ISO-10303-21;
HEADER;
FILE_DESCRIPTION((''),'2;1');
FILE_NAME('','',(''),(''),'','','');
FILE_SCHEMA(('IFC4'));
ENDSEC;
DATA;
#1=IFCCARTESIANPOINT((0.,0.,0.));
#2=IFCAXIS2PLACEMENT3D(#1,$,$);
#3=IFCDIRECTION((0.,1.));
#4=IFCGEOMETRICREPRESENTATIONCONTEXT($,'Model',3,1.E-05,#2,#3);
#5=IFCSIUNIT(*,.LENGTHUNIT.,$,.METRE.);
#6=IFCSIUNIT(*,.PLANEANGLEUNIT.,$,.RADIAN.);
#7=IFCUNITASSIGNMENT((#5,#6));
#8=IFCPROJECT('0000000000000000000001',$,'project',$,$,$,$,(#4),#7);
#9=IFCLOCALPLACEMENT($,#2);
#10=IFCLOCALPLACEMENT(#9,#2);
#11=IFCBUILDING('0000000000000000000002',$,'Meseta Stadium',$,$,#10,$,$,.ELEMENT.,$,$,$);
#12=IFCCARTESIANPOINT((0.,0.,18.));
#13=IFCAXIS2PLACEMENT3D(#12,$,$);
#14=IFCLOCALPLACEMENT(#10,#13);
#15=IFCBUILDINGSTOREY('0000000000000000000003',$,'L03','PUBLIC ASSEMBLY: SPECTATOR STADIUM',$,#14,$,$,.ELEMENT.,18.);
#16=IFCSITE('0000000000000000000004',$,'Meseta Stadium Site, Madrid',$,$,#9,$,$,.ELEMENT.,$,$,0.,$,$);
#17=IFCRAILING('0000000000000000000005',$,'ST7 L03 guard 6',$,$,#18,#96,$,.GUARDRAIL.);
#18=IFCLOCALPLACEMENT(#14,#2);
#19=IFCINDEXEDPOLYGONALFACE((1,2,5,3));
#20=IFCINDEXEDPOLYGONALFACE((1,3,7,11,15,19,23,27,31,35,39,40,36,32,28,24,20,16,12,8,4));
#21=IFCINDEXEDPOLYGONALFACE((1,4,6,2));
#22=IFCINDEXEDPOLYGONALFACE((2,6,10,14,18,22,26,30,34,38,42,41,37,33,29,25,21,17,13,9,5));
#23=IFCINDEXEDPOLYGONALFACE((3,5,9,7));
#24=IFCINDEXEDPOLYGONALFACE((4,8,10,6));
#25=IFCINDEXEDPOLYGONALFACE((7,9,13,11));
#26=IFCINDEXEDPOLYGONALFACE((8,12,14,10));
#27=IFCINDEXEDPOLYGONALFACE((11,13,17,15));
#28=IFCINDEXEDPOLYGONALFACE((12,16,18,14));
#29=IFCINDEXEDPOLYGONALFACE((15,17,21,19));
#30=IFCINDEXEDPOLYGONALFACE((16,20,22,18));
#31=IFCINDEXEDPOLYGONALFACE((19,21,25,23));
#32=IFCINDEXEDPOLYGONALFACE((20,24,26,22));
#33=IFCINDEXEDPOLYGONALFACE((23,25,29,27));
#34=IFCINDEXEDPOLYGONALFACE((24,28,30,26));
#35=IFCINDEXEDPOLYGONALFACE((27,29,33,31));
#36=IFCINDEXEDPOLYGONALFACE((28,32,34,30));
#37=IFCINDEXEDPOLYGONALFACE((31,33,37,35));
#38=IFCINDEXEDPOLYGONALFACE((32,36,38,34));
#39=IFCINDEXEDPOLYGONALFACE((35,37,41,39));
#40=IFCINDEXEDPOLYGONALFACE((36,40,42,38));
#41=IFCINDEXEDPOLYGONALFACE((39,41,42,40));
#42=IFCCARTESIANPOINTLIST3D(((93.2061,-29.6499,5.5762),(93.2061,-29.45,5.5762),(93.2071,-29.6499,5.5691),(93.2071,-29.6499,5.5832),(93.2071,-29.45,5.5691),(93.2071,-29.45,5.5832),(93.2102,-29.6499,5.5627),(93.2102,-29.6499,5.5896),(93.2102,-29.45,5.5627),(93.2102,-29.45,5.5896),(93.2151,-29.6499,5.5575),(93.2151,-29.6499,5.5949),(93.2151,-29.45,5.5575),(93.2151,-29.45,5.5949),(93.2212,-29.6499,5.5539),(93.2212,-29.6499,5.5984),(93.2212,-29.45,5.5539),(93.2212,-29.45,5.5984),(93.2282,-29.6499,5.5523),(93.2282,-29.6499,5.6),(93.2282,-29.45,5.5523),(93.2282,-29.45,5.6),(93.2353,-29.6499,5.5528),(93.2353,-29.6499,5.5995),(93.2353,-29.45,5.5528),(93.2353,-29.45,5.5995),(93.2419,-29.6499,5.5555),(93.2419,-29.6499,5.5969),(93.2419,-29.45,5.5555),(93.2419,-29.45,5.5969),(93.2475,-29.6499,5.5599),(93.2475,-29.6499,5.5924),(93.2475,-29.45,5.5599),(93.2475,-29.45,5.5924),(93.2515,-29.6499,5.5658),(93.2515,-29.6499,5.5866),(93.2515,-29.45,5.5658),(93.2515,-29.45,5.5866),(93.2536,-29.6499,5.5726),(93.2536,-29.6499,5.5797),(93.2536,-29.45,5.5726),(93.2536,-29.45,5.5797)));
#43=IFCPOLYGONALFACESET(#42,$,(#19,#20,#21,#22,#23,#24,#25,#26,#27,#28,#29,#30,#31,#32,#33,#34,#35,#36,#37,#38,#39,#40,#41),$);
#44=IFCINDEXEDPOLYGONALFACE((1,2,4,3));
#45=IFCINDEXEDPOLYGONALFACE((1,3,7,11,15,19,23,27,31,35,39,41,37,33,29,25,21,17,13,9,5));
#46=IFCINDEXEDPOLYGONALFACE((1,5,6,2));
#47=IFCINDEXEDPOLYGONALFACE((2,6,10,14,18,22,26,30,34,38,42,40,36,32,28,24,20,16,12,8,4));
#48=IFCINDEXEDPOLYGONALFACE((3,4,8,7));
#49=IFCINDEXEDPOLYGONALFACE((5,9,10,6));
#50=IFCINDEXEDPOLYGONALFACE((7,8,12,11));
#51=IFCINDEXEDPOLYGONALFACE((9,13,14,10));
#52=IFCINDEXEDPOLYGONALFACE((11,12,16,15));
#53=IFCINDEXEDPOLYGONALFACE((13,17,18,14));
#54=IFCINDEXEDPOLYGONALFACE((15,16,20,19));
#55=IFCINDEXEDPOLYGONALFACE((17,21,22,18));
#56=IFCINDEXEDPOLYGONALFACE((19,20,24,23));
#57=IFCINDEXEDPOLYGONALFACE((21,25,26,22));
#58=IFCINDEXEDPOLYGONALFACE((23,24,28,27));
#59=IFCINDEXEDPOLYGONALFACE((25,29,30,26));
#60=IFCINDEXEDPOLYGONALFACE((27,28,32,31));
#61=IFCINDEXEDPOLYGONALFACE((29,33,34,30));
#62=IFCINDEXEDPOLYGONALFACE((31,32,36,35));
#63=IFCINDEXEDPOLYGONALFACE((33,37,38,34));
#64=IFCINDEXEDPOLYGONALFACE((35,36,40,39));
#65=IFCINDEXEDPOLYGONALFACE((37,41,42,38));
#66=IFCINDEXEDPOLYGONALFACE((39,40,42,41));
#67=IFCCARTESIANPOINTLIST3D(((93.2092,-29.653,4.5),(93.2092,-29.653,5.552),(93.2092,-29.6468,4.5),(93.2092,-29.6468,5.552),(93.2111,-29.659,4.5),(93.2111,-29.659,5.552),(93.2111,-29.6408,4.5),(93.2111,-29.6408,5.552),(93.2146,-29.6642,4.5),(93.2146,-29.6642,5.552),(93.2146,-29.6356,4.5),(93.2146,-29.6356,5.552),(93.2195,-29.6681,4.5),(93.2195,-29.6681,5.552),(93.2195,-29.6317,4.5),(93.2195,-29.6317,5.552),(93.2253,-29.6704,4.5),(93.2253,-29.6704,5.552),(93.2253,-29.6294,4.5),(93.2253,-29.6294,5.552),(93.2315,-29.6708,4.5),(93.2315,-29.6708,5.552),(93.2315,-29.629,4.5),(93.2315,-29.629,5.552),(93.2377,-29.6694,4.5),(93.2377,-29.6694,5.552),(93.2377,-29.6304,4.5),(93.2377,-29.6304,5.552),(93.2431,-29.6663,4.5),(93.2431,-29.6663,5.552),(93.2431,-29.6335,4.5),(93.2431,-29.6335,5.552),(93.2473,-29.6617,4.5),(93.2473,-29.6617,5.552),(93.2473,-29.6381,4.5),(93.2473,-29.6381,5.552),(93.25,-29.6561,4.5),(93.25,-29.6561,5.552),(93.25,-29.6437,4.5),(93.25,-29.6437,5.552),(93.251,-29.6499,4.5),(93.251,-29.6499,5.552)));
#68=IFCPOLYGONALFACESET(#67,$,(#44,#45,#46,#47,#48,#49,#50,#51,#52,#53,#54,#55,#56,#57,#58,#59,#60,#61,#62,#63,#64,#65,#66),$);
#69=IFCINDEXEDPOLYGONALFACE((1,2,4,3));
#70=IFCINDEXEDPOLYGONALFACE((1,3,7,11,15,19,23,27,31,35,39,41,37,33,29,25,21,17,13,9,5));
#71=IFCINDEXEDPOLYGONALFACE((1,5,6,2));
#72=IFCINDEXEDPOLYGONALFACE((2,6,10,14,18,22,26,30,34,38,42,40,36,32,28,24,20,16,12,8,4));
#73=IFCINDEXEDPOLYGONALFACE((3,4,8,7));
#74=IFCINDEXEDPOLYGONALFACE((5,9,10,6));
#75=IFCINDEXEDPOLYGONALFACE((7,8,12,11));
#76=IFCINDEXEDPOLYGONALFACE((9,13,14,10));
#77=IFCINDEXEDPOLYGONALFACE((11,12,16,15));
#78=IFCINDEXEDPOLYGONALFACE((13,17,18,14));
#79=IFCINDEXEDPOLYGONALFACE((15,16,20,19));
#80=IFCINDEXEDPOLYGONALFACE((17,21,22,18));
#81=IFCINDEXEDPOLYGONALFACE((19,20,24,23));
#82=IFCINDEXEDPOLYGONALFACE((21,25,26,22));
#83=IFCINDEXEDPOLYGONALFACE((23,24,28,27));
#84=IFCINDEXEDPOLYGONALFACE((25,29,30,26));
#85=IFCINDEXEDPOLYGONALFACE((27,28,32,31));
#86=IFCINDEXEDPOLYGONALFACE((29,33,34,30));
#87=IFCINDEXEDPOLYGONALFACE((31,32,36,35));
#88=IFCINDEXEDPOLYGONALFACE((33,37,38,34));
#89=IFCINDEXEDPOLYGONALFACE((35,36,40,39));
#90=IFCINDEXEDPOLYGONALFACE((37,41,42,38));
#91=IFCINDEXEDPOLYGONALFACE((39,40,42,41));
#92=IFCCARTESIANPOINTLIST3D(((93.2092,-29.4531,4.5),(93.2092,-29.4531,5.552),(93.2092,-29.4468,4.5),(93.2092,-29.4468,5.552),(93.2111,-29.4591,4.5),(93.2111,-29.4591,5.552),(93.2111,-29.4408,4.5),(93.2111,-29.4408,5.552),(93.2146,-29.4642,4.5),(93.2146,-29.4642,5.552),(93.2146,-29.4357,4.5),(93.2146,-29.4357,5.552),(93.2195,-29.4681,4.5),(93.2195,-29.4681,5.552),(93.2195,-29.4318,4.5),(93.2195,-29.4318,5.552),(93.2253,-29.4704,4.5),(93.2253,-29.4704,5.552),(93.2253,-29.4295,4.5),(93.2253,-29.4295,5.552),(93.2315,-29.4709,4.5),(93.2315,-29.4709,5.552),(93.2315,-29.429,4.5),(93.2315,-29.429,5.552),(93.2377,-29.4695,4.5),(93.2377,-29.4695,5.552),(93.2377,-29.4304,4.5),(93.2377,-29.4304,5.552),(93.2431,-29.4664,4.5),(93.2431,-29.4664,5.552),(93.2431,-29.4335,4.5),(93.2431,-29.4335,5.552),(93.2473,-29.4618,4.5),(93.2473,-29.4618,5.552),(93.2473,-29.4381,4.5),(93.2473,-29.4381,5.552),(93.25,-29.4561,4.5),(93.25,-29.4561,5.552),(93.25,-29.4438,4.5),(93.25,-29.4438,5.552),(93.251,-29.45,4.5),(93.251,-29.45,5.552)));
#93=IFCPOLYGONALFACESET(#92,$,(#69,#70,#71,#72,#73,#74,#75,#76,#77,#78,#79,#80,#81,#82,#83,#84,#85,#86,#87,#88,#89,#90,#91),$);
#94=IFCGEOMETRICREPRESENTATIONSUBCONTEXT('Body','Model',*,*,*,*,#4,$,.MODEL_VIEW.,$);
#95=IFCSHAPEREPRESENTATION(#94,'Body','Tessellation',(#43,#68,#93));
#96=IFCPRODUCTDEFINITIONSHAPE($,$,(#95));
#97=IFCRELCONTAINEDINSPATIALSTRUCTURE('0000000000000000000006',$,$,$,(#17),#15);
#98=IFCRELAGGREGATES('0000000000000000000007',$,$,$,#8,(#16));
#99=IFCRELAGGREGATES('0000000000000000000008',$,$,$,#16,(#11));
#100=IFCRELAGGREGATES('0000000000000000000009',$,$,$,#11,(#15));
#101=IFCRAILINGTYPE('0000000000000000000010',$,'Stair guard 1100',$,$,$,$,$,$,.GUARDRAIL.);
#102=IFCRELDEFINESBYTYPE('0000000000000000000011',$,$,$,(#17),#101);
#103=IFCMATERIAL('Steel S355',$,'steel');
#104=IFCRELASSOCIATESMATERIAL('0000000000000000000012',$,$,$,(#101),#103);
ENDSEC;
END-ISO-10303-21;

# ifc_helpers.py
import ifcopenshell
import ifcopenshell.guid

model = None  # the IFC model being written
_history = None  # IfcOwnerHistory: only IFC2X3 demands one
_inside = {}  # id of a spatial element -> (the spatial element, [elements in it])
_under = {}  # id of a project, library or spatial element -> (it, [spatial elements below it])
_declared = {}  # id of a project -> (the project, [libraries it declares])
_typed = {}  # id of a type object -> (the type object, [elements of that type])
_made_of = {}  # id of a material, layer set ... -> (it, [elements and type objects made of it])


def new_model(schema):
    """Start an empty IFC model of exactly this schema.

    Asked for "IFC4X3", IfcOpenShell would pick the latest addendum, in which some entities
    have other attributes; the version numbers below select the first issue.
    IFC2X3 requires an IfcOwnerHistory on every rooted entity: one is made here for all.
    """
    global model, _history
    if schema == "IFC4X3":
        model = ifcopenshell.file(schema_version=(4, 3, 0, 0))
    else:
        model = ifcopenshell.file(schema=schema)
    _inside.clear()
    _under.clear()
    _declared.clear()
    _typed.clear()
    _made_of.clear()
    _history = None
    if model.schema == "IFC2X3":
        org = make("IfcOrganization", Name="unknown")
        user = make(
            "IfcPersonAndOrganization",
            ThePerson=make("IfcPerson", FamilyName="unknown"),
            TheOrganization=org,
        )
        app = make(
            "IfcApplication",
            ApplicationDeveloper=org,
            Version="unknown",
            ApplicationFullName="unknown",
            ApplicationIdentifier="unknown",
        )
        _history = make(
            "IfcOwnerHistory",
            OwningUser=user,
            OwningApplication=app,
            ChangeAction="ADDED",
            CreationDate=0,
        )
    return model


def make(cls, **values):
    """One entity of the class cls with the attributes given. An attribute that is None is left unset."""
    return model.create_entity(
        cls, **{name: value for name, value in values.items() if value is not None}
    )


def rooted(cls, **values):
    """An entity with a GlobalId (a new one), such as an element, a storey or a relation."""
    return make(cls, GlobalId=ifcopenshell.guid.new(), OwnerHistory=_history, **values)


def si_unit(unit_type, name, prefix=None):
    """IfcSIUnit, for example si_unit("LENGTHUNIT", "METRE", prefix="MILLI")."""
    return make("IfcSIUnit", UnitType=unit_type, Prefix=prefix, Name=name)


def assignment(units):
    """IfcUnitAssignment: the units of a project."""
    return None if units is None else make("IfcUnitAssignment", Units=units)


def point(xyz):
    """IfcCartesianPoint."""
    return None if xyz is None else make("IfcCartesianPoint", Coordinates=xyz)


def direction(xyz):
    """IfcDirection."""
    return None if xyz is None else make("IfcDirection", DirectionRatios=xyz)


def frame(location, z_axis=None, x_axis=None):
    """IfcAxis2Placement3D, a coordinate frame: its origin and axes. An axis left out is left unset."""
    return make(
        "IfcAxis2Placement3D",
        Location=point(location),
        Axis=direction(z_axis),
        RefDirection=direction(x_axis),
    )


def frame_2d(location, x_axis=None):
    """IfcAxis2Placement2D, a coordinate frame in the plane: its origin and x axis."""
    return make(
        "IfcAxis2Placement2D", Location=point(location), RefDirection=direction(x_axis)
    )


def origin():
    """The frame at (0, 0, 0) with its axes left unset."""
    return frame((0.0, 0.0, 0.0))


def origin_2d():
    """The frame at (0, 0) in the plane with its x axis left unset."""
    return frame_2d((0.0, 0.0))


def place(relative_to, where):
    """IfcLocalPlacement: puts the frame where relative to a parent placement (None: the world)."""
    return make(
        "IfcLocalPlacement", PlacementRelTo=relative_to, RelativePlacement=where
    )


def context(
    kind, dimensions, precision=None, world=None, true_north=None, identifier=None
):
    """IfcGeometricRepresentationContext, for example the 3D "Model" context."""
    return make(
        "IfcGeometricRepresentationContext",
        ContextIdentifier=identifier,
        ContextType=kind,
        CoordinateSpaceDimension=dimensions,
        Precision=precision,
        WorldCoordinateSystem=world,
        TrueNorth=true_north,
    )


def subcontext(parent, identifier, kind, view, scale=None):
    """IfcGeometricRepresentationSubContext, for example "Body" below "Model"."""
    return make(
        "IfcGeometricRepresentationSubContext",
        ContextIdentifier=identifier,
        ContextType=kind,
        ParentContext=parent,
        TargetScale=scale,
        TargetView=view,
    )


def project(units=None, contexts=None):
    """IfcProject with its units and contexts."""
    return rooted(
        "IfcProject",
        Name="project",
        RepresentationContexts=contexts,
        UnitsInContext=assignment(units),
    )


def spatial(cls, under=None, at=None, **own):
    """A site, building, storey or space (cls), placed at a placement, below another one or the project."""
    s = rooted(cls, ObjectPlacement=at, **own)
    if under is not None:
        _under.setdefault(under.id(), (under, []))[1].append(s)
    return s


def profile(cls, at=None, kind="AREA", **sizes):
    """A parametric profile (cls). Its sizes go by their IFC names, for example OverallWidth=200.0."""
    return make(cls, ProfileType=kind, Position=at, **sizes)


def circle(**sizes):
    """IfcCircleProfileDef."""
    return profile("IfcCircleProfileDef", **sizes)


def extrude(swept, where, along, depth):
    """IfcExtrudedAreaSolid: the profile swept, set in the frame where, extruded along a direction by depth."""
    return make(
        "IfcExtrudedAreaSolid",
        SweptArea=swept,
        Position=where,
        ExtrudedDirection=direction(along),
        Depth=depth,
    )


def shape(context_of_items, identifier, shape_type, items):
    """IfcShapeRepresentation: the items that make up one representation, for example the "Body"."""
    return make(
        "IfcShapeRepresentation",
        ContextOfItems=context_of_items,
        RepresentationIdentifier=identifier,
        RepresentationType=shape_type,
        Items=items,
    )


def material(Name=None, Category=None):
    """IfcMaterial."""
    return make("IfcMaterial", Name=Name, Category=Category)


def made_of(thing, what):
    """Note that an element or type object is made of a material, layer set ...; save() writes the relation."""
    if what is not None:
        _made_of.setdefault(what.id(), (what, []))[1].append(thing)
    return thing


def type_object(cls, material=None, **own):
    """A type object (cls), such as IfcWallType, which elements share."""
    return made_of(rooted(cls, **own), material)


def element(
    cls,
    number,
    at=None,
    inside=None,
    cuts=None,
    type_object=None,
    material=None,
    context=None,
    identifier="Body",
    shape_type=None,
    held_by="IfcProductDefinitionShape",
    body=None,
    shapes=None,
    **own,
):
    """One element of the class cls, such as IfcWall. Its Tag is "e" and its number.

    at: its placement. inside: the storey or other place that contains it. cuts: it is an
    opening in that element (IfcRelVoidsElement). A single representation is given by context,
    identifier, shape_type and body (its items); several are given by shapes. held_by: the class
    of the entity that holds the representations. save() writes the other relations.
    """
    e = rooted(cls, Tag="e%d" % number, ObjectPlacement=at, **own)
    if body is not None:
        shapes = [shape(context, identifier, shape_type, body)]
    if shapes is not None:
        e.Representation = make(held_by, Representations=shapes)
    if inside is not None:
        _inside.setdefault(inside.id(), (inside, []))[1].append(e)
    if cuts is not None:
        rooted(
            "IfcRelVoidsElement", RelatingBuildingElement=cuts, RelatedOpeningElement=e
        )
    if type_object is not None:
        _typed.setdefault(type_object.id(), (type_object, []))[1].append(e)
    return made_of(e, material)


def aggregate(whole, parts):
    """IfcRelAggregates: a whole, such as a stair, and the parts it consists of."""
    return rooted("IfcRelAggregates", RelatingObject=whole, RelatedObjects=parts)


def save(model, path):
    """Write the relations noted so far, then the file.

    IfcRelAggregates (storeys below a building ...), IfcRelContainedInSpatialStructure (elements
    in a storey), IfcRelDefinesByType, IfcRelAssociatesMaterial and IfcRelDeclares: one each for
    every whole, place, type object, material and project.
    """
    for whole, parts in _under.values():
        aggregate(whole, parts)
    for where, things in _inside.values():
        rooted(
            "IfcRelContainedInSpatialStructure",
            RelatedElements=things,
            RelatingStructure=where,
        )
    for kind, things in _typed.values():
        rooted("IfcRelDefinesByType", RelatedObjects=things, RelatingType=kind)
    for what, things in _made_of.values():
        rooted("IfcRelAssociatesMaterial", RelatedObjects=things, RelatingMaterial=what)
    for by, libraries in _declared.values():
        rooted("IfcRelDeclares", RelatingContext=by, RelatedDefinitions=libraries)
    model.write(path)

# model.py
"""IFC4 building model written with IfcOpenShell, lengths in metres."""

from ifc_helpers import new_model, si_unit, direction, frame, origin, origin_2d, place, context, subcontext, project, spatial, circle, extrude, material, type_object, element, save


model = new_model("IFC4")

# Units and contexts
model_context = context("Model", 3, precision=1e-05, world=origin(), true_north=direction((0.0, 1.0)))
body_context = subcontext(model_context, "Body", "Model", "MODEL_VIEW")
ifc_project = project(units=[si_unit("LENGTHUNIT", "METRE"), si_unit("PLANEANGLEUNIT", "RADIAN")], contexts=[model_context])

# Site, building, storey
site_placement = place(None, origin())
site = spatial("IfcSite", under=ifc_project, at=site_placement, Name="Meseta Stadium Site, Madrid", CompositionType="ELEMENT", RefElevation=0.0)
building_placement = place(site_placement, origin())
building = spatial("IfcBuilding", under=site, at=building_placement, Name="Meseta Stadium", CompositionType="ELEMENT")
storey_placement = place(building_placement, frame((0.0, 0.0, 18.0)))
storey = spatial("IfcBuildingStorey", under=building, at=storey_placement, Name="L03", Description="PUBLIC ASSEMBLY: SPECTATOR STADIUM", CompositionType="ELEMENT", Elevation=18.0)

# Railing
ifc_material_1 = material(Name="Steel S355", Category="steel")
railing_type_1 = type_object("IfcRailingType", Name="Stair guard 1100", PredefinedType="GUARDRAIL", material=ifc_material_1)
railing_1_placement = place(storey_placement, frame((93.23, -29.6499, 4.5)))
element("IfcRailing", 1, at=railing_1_placement, inside=storey, type_object=railing_type_1, Name="ST7 L03 guard 6", PredefinedType="GUARDRAIL", context=body_context, shape_type="SweptSolid", body=[
    extrude(circle(Radius=0.0239, at=origin_2d()), frame((0.0, 0.0, 1.0762), z_axis=(0.0, 1.0, 0.0), x_axis=(-1.0, 0.0, 0.0)), (0.0, 0.0, 1.0), 0.2),
    extrude(circle(Radius=0.021, at=origin_2d()), origin(), (0.0, 0.0, 1.0), 1.052),
    extrude(circle(Radius=0.021, at=origin_2d()), frame((0.0, 0.2, 0.0)), (0.0, 0.0, 1.0), 1.052),
])

save(model, "model.ifc")
